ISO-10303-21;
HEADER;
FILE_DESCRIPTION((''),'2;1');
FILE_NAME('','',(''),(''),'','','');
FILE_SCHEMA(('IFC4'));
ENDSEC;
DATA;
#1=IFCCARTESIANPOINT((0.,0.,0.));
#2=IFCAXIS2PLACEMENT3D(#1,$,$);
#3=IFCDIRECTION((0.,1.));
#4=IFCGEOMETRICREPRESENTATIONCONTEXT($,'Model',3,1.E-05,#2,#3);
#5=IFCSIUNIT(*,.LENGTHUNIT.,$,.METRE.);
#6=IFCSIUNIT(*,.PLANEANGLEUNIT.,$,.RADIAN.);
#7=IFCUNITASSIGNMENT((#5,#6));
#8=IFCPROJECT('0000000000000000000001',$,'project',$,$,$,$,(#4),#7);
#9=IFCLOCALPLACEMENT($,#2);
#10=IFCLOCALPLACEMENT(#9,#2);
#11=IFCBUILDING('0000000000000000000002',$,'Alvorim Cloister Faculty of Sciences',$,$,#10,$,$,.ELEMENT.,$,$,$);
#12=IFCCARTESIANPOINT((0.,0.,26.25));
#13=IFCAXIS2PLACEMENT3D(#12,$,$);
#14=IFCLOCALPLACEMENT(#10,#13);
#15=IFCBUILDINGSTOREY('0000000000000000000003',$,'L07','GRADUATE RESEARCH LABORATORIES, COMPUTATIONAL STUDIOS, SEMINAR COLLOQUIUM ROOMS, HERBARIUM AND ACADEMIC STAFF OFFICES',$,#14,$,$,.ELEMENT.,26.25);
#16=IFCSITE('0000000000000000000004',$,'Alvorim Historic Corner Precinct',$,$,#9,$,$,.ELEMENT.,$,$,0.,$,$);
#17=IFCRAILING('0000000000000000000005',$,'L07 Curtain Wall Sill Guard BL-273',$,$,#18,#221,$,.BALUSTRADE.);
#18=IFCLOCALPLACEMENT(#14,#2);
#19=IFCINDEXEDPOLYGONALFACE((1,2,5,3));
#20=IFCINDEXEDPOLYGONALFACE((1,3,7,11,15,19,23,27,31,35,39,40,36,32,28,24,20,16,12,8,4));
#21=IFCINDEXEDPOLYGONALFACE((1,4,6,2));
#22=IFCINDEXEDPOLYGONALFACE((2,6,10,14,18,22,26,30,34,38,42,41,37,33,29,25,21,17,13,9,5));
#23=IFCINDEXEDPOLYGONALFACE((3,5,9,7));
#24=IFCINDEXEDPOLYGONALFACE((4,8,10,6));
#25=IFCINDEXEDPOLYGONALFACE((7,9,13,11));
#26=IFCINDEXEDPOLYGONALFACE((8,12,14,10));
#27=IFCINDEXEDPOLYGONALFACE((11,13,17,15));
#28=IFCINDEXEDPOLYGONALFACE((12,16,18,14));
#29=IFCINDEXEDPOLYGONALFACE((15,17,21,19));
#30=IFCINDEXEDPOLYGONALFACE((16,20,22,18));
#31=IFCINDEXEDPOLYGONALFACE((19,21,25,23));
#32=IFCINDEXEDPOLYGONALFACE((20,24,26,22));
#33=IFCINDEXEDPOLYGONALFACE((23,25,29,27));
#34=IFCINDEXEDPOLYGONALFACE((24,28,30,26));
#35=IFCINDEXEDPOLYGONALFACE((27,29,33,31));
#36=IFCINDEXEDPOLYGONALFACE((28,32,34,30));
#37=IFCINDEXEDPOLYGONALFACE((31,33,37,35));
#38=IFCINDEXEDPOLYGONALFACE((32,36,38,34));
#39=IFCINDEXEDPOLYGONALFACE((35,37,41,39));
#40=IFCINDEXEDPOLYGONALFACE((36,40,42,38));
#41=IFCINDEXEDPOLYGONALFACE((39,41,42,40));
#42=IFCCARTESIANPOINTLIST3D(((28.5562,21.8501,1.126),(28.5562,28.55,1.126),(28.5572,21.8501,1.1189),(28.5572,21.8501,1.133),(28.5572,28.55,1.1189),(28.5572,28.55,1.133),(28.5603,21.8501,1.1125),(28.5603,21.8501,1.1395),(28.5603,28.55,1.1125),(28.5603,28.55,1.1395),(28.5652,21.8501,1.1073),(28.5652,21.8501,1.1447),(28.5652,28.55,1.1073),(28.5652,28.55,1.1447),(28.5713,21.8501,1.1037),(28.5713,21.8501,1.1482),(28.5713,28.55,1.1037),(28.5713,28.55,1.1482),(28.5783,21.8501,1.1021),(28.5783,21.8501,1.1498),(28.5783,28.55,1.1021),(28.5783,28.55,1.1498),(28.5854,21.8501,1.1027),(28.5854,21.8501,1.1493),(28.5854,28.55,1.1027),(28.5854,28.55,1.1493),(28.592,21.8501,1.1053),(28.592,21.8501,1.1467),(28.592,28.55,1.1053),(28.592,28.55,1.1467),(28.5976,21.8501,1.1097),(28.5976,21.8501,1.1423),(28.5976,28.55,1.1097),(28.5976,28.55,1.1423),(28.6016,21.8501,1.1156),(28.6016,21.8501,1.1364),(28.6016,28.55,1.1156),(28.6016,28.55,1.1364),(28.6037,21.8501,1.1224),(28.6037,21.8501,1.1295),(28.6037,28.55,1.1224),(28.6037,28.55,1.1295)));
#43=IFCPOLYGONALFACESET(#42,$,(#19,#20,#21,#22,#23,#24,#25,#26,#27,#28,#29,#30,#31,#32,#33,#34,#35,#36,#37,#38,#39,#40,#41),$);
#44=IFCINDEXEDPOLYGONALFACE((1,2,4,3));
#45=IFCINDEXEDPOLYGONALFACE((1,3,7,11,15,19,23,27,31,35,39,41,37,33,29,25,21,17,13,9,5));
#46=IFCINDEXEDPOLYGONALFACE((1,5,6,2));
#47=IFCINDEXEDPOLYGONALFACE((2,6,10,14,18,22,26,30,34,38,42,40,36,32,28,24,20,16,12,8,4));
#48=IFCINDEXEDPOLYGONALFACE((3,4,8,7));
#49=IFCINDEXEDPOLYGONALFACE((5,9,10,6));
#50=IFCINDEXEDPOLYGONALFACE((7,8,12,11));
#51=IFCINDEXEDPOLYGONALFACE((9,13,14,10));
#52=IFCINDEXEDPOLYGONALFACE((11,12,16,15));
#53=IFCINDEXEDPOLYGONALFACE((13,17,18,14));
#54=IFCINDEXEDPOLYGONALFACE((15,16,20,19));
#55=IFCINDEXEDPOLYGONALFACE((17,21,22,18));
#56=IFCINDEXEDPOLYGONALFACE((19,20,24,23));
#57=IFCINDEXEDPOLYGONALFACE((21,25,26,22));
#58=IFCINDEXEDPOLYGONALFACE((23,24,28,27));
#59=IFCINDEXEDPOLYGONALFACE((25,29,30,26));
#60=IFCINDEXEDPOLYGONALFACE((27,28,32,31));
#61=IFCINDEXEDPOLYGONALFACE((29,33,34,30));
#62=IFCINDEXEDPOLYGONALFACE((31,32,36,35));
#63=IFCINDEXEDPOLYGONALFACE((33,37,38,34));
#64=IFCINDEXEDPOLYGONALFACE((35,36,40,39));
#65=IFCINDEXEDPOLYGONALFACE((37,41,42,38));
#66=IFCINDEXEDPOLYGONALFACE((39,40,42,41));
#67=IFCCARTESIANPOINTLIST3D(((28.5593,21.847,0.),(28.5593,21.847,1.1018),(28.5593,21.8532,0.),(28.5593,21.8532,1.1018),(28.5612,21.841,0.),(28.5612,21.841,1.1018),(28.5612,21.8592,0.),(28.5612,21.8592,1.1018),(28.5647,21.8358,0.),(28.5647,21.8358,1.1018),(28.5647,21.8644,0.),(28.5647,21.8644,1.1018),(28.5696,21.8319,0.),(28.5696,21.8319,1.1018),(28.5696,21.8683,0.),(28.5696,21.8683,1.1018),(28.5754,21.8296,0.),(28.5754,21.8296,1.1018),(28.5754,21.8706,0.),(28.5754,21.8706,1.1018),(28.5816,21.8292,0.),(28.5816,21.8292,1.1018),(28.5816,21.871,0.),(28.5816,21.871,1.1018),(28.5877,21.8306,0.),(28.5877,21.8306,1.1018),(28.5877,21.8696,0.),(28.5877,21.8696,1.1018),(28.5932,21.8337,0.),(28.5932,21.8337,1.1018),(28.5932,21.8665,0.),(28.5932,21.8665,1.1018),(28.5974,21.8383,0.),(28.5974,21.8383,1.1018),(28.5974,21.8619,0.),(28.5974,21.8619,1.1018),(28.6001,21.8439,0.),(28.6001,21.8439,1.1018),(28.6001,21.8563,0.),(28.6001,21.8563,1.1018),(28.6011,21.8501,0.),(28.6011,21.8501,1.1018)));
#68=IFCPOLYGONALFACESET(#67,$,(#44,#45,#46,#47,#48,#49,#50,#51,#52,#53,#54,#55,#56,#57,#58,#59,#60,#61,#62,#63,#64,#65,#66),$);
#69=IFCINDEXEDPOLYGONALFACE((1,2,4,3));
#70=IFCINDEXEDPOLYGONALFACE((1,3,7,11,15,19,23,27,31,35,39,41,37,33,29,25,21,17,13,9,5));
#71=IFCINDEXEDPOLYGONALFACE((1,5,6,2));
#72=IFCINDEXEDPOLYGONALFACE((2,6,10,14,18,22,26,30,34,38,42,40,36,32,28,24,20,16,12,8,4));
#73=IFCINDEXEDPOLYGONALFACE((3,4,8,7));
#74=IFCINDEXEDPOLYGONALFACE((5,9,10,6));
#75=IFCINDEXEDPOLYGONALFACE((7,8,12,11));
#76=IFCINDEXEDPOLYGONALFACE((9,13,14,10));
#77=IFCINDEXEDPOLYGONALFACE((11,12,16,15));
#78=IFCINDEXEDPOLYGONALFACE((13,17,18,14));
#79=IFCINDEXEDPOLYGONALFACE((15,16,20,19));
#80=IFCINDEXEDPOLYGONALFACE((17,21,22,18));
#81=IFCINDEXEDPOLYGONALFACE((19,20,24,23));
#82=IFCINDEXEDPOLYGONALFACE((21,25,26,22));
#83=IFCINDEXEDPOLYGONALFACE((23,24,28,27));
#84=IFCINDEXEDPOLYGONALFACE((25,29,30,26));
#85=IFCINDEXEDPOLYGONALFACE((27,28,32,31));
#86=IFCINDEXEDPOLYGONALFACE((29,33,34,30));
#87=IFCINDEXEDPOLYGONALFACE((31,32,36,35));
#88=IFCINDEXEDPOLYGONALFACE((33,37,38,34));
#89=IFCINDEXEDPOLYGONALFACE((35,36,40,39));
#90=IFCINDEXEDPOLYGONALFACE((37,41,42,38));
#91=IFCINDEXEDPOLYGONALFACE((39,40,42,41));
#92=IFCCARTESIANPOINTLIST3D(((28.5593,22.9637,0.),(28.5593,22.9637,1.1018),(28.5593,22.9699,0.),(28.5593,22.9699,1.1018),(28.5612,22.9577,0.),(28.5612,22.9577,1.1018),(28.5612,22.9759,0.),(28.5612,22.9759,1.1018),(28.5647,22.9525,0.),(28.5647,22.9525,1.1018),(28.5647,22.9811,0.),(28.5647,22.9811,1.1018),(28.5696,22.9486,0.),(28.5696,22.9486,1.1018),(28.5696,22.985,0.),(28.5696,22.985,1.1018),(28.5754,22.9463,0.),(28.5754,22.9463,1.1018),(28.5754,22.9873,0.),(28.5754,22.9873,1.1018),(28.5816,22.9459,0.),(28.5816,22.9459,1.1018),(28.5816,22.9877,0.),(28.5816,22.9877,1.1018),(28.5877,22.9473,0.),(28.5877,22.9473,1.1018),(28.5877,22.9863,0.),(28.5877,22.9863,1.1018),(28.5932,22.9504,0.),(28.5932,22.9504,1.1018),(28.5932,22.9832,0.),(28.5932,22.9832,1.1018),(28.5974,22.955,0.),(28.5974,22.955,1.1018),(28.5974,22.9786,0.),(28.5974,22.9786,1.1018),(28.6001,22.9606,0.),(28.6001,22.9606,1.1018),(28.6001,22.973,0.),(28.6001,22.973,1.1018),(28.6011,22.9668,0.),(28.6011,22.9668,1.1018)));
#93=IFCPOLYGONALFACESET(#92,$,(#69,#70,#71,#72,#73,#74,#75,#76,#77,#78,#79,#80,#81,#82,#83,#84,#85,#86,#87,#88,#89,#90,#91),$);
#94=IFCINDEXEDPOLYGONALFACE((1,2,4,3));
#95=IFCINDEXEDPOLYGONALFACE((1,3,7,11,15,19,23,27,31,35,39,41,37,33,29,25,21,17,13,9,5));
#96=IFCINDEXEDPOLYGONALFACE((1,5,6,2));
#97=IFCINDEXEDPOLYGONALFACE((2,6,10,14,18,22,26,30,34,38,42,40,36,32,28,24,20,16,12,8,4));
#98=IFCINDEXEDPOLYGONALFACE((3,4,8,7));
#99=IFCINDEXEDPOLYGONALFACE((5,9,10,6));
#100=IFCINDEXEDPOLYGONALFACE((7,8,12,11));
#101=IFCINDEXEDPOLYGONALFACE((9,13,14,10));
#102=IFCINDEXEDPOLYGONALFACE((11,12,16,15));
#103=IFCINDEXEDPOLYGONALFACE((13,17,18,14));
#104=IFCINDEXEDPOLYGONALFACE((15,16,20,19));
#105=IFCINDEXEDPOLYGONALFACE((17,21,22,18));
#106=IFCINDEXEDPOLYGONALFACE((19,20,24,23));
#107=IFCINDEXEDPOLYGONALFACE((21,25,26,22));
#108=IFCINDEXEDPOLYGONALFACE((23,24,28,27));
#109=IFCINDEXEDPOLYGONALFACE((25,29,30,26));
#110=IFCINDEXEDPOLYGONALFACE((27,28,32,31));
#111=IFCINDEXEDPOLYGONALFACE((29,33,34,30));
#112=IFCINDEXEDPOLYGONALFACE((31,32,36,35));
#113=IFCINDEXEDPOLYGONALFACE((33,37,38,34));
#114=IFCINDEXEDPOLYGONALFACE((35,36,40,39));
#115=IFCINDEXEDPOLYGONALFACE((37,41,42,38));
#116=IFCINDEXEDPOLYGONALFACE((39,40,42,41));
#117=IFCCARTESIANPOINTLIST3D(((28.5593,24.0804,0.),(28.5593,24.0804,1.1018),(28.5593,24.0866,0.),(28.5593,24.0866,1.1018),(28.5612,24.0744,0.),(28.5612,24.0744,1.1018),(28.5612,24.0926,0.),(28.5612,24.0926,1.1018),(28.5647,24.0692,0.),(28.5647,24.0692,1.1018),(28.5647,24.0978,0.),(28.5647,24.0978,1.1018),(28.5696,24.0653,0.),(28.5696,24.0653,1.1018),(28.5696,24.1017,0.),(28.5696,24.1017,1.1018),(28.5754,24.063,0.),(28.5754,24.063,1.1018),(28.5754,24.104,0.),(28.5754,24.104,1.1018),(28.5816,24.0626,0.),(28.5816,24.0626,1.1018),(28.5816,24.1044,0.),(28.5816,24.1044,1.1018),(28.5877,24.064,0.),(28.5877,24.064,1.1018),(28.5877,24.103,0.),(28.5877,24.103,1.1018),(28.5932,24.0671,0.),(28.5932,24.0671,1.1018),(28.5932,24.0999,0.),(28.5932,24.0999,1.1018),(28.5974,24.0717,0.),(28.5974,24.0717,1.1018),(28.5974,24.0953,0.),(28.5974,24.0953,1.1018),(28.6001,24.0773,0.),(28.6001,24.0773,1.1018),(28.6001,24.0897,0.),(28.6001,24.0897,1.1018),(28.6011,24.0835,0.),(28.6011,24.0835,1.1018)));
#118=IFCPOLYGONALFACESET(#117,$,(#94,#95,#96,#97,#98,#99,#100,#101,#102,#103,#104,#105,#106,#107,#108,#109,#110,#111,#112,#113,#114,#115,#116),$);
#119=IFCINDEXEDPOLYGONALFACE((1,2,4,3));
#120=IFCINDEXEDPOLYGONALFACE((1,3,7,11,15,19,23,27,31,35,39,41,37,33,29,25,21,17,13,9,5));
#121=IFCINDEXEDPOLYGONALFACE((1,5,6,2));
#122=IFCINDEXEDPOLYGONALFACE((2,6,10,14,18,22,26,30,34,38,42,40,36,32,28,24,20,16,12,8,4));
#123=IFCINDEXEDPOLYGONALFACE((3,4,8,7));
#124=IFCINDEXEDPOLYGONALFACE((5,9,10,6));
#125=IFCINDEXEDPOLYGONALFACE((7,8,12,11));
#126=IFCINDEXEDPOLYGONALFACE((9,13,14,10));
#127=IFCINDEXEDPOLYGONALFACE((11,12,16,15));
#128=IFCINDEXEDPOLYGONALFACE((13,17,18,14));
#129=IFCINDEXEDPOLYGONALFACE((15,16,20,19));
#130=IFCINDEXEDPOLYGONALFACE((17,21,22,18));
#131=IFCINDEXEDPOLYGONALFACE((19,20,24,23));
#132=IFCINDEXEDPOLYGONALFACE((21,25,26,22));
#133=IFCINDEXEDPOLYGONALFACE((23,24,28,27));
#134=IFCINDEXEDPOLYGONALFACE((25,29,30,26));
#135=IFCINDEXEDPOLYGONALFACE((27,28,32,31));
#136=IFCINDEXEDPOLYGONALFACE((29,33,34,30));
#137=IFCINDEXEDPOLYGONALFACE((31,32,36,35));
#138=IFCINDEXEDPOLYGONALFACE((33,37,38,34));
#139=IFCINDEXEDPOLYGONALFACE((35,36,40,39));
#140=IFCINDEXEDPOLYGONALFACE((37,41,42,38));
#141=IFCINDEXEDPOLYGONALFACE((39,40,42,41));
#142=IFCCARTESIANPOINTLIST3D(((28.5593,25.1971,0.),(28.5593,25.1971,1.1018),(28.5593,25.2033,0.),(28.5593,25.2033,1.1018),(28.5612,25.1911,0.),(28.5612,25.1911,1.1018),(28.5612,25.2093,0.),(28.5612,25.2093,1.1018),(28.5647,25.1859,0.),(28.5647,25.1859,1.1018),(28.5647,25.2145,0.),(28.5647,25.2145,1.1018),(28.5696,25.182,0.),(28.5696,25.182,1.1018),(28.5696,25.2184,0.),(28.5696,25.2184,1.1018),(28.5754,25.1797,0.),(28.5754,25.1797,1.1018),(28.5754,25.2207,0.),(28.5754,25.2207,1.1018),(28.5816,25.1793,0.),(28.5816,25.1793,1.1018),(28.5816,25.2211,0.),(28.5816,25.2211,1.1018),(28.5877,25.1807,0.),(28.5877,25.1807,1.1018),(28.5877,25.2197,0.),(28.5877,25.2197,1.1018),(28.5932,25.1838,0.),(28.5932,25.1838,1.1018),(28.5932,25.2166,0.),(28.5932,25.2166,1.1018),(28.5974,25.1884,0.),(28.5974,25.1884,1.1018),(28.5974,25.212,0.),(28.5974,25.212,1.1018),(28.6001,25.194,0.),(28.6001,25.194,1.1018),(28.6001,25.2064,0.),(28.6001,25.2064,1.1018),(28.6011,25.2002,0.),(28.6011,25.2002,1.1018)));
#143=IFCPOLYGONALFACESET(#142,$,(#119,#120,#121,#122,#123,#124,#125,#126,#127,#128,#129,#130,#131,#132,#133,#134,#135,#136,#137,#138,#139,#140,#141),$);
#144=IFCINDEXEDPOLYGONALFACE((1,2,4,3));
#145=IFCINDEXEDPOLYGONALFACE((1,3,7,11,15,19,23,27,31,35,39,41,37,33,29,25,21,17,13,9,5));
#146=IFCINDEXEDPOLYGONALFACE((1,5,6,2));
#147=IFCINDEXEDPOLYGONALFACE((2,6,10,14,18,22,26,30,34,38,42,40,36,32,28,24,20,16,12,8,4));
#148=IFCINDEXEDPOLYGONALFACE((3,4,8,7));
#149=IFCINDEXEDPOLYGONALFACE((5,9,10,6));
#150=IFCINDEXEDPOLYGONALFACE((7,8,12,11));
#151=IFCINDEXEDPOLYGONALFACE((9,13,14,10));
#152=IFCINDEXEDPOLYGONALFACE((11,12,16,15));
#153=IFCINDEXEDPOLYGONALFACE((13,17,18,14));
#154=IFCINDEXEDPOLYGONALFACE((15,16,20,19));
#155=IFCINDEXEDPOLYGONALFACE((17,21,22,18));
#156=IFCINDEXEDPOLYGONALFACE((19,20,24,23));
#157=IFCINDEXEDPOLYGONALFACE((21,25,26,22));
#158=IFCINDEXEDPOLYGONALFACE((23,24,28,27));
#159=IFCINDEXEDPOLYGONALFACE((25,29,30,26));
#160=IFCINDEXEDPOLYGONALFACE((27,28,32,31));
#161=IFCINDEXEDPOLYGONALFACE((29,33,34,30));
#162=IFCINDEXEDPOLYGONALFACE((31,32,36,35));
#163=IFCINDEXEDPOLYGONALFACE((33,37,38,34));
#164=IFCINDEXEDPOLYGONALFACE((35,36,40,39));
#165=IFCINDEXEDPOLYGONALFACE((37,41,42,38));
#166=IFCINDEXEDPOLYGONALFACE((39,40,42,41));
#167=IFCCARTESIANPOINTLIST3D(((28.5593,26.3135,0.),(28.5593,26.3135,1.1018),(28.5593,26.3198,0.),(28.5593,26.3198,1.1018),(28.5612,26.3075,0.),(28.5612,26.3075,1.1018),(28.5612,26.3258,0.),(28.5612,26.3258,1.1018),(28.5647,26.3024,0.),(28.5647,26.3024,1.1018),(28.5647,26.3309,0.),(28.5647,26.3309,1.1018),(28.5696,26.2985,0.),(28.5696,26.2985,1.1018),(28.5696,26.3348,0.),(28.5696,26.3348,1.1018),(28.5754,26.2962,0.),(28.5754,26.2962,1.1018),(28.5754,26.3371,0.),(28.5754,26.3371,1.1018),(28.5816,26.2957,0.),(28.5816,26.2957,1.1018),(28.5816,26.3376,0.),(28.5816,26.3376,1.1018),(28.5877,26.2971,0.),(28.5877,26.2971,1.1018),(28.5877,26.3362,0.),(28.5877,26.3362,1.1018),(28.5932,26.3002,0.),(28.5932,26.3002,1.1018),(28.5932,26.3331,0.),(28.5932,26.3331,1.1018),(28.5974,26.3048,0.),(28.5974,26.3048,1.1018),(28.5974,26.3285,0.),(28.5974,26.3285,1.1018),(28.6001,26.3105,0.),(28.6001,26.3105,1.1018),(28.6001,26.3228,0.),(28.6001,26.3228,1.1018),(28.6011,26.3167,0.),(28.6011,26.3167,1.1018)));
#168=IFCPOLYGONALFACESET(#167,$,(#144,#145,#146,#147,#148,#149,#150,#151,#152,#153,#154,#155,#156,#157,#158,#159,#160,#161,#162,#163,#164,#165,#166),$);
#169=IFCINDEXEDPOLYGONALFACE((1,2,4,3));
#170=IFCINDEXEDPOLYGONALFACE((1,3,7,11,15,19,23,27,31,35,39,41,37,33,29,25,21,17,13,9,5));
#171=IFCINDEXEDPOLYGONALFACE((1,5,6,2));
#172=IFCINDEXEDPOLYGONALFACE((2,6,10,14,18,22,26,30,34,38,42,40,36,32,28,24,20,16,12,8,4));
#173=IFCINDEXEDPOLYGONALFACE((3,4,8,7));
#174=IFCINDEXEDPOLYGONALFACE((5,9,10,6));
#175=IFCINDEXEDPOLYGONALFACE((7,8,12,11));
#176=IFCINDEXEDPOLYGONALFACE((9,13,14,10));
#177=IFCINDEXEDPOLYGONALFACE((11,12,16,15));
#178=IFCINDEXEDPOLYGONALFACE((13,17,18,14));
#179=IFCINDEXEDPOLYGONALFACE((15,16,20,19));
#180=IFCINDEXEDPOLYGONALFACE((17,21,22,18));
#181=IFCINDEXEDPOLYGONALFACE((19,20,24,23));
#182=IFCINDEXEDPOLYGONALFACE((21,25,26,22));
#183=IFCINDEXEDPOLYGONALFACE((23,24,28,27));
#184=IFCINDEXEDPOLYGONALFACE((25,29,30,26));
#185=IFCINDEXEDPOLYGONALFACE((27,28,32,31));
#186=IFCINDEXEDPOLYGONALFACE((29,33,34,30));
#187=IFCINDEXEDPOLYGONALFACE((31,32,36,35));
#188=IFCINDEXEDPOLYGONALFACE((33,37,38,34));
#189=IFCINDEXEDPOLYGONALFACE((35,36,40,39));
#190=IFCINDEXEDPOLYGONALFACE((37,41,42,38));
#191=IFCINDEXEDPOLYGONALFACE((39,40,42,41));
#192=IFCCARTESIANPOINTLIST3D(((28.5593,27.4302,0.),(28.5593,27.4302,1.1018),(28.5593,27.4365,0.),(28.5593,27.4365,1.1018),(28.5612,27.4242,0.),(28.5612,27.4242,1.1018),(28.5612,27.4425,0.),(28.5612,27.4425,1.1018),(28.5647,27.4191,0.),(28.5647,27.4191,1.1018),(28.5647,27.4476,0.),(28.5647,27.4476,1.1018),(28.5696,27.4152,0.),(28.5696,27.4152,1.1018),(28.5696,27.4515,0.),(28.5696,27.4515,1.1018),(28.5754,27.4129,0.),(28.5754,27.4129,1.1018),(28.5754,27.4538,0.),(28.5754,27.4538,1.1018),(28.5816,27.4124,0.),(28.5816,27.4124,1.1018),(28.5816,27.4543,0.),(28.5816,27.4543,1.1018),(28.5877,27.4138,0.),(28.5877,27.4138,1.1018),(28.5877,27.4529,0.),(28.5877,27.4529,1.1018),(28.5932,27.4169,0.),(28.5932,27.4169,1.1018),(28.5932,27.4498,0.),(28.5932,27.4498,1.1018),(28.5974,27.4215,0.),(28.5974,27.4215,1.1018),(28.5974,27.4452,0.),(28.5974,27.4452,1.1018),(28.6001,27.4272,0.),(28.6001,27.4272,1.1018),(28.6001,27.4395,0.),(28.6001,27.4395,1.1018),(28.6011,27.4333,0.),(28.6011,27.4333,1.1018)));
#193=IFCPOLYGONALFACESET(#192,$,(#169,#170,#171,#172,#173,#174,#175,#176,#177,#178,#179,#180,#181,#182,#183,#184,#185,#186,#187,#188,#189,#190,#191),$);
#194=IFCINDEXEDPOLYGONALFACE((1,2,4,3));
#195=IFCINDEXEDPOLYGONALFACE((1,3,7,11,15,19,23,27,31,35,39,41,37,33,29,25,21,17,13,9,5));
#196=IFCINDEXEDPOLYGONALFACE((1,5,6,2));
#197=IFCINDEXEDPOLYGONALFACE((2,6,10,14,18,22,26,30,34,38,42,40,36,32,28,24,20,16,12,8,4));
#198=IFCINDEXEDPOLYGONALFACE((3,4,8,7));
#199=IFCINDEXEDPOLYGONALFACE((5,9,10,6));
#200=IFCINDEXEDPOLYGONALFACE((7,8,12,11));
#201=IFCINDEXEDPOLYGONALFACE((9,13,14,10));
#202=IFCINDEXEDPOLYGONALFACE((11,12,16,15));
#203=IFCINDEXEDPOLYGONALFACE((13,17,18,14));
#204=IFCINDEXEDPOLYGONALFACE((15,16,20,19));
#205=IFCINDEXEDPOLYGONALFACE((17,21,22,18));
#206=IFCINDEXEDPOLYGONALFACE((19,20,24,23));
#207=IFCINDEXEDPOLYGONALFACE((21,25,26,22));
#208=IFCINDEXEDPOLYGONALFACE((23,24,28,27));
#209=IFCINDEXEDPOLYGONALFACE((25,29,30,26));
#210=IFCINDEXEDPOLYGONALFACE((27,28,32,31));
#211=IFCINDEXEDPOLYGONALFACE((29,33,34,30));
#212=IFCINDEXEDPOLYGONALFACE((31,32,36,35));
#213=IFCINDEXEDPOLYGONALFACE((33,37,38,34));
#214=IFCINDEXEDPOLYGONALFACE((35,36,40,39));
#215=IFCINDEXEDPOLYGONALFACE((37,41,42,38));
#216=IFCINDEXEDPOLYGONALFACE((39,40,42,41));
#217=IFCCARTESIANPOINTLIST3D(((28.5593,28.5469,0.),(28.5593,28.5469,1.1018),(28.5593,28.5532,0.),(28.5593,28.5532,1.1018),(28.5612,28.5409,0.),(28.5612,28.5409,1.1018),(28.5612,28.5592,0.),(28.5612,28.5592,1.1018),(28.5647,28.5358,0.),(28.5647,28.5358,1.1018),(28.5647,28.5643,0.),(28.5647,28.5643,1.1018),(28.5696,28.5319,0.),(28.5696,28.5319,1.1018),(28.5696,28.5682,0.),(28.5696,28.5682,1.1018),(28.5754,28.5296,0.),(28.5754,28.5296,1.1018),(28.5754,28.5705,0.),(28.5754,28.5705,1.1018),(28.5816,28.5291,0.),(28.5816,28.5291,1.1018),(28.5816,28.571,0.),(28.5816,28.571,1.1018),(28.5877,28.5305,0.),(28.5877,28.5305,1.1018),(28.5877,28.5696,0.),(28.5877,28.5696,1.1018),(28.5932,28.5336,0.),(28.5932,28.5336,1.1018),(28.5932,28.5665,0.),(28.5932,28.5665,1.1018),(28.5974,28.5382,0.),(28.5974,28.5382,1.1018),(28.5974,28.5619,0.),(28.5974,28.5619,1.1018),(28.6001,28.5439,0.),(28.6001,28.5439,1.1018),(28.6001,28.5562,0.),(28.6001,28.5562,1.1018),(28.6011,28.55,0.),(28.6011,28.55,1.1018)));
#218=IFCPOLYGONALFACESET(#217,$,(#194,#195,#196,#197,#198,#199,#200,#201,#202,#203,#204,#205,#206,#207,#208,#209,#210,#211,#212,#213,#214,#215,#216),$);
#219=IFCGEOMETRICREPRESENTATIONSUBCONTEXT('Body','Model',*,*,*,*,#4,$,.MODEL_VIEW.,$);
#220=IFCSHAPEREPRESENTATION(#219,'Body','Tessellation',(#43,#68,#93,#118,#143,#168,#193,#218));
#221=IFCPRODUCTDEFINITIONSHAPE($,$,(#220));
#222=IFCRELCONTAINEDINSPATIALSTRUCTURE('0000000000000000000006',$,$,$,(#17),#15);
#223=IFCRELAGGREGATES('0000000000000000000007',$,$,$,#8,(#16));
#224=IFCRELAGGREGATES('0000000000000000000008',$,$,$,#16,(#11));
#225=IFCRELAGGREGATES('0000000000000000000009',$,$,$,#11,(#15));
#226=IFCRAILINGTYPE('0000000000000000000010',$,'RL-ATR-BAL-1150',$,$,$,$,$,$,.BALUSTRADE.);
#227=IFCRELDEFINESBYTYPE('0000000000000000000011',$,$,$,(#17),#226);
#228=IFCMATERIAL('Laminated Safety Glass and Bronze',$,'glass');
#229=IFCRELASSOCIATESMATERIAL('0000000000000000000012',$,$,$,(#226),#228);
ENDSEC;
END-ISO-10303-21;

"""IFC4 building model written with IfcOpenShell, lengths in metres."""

from ifc_helpers import new_model, si_unit, direction, frame, origin, origin_2d, place, context, subcontext, project, spatial, circle, extrude, material, type_object, element, save


model = new_model("IFC4")

# Units and contexts
model_context = context("Model", 3, precision=1e-05, world=origin(), true_north=direction((0.0, 1.0)))
body_context = subcontext(model_context, "Body", "Model", "MODEL_VIEW")
ifc_project = project(units=[si_unit("LENGTHUNIT", "METRE"), si_unit("PLANEANGLEUNIT", "RADIAN")], contexts=[model_context])

# Site, building, storey
site_placement = place(None, origin())
site = spatial("IfcSite", under=ifc_project, at=site_placement, Name="Alvorim Historic Corner Precinct", CompositionType="ELEMENT", RefElevation=0.0)
building_placement = place(site_placement, origin())
building = spatial("IfcBuilding", under=site, at=building_placement, Name="Alvorim Cloister Faculty of Sciences", CompositionType="ELEMENT")
storey_placement = place(building_placement, frame((0.0, 0.0, 26.25)))
storey = spatial("IfcBuildingStorey", under=building, at=storey_placement, Name="L07", Description="GRADUATE RESEARCH LABORATORIES, COMPUTATIONAL STUDIOS, SEMINAR COLLOQUIUM ROOMS, HERBARIUM AND ACADEMIC STAFF OFFICES", CompositionType="ELEMENT", Elevation=26.25)

# Railing
ifc_material_1 = material(Name="Laminated Safety Glass and Bronze", Category="glass")
railing_type = type_object("IfcRailingType", Name="RL-ATR-BAL-1150", PredefinedType="BALUSTRADE", material=ifc_material_1)
railing_placement = place(storey_placement, frame((28.5801, 21.8501, 0.0)))
element("IfcRailing", 1, at=railing_placement, inside=storey, type_object=railing_type, Name="L07 Curtain Wall Sill Guard BL-273", PredefinedType="BALUSTRADE", context=body_context, shape_type="SweptSolid", body=[
    extrude(circle(Radius=0.0239, at=origin_2d()), frame((0.0, 0.0, 1.126), z_axis=(0.0, 1.0, 0.0), x_axis=(-1.0, 0.0, 0.0)), (0.0, 0.0, 1.0), 6.7),
    extrude(circle(Radius=0.021, at=origin_2d()), origin(), (0.0, 0.0, 1.0), 1.1018),
    extrude(circle(Radius=0.021, at=origin_2d()), frame((0.0, 1.1167, 0.0)), (0.0, 0.0, 1.0), 1.1018),
    extrude(circle(Radius=0.021, at=origin_2d()), frame((0.0, 2.2334, 0.0)), (0.0, 0.0, 1.0), 1.1018),
    extrude(circle(Radius=0.021, at=origin_2d()), frame((0.0, 3.3501, 0.0)), (0.0, 0.0, 1.0), 1.1018),
    extrude(circle(Radius=0.021, at=origin_2d()), frame((0.0, 4.4666, 0.0)), (0.0, 0.0, 1.0), 1.1018),
    extrude(circle(Radius=0.021, at=origin_2d()), frame((0.0, 5.5833, 0.0)), (0.0, 0.0, 1.0), 1.1018),
    extrude(circle(Radius=0.021, at=origin_2d()), frame((0.0, 6.7, 0.0)), (0.0, 0.0, 1.0), 1.1018),
])

save(model, "model.ifc")
